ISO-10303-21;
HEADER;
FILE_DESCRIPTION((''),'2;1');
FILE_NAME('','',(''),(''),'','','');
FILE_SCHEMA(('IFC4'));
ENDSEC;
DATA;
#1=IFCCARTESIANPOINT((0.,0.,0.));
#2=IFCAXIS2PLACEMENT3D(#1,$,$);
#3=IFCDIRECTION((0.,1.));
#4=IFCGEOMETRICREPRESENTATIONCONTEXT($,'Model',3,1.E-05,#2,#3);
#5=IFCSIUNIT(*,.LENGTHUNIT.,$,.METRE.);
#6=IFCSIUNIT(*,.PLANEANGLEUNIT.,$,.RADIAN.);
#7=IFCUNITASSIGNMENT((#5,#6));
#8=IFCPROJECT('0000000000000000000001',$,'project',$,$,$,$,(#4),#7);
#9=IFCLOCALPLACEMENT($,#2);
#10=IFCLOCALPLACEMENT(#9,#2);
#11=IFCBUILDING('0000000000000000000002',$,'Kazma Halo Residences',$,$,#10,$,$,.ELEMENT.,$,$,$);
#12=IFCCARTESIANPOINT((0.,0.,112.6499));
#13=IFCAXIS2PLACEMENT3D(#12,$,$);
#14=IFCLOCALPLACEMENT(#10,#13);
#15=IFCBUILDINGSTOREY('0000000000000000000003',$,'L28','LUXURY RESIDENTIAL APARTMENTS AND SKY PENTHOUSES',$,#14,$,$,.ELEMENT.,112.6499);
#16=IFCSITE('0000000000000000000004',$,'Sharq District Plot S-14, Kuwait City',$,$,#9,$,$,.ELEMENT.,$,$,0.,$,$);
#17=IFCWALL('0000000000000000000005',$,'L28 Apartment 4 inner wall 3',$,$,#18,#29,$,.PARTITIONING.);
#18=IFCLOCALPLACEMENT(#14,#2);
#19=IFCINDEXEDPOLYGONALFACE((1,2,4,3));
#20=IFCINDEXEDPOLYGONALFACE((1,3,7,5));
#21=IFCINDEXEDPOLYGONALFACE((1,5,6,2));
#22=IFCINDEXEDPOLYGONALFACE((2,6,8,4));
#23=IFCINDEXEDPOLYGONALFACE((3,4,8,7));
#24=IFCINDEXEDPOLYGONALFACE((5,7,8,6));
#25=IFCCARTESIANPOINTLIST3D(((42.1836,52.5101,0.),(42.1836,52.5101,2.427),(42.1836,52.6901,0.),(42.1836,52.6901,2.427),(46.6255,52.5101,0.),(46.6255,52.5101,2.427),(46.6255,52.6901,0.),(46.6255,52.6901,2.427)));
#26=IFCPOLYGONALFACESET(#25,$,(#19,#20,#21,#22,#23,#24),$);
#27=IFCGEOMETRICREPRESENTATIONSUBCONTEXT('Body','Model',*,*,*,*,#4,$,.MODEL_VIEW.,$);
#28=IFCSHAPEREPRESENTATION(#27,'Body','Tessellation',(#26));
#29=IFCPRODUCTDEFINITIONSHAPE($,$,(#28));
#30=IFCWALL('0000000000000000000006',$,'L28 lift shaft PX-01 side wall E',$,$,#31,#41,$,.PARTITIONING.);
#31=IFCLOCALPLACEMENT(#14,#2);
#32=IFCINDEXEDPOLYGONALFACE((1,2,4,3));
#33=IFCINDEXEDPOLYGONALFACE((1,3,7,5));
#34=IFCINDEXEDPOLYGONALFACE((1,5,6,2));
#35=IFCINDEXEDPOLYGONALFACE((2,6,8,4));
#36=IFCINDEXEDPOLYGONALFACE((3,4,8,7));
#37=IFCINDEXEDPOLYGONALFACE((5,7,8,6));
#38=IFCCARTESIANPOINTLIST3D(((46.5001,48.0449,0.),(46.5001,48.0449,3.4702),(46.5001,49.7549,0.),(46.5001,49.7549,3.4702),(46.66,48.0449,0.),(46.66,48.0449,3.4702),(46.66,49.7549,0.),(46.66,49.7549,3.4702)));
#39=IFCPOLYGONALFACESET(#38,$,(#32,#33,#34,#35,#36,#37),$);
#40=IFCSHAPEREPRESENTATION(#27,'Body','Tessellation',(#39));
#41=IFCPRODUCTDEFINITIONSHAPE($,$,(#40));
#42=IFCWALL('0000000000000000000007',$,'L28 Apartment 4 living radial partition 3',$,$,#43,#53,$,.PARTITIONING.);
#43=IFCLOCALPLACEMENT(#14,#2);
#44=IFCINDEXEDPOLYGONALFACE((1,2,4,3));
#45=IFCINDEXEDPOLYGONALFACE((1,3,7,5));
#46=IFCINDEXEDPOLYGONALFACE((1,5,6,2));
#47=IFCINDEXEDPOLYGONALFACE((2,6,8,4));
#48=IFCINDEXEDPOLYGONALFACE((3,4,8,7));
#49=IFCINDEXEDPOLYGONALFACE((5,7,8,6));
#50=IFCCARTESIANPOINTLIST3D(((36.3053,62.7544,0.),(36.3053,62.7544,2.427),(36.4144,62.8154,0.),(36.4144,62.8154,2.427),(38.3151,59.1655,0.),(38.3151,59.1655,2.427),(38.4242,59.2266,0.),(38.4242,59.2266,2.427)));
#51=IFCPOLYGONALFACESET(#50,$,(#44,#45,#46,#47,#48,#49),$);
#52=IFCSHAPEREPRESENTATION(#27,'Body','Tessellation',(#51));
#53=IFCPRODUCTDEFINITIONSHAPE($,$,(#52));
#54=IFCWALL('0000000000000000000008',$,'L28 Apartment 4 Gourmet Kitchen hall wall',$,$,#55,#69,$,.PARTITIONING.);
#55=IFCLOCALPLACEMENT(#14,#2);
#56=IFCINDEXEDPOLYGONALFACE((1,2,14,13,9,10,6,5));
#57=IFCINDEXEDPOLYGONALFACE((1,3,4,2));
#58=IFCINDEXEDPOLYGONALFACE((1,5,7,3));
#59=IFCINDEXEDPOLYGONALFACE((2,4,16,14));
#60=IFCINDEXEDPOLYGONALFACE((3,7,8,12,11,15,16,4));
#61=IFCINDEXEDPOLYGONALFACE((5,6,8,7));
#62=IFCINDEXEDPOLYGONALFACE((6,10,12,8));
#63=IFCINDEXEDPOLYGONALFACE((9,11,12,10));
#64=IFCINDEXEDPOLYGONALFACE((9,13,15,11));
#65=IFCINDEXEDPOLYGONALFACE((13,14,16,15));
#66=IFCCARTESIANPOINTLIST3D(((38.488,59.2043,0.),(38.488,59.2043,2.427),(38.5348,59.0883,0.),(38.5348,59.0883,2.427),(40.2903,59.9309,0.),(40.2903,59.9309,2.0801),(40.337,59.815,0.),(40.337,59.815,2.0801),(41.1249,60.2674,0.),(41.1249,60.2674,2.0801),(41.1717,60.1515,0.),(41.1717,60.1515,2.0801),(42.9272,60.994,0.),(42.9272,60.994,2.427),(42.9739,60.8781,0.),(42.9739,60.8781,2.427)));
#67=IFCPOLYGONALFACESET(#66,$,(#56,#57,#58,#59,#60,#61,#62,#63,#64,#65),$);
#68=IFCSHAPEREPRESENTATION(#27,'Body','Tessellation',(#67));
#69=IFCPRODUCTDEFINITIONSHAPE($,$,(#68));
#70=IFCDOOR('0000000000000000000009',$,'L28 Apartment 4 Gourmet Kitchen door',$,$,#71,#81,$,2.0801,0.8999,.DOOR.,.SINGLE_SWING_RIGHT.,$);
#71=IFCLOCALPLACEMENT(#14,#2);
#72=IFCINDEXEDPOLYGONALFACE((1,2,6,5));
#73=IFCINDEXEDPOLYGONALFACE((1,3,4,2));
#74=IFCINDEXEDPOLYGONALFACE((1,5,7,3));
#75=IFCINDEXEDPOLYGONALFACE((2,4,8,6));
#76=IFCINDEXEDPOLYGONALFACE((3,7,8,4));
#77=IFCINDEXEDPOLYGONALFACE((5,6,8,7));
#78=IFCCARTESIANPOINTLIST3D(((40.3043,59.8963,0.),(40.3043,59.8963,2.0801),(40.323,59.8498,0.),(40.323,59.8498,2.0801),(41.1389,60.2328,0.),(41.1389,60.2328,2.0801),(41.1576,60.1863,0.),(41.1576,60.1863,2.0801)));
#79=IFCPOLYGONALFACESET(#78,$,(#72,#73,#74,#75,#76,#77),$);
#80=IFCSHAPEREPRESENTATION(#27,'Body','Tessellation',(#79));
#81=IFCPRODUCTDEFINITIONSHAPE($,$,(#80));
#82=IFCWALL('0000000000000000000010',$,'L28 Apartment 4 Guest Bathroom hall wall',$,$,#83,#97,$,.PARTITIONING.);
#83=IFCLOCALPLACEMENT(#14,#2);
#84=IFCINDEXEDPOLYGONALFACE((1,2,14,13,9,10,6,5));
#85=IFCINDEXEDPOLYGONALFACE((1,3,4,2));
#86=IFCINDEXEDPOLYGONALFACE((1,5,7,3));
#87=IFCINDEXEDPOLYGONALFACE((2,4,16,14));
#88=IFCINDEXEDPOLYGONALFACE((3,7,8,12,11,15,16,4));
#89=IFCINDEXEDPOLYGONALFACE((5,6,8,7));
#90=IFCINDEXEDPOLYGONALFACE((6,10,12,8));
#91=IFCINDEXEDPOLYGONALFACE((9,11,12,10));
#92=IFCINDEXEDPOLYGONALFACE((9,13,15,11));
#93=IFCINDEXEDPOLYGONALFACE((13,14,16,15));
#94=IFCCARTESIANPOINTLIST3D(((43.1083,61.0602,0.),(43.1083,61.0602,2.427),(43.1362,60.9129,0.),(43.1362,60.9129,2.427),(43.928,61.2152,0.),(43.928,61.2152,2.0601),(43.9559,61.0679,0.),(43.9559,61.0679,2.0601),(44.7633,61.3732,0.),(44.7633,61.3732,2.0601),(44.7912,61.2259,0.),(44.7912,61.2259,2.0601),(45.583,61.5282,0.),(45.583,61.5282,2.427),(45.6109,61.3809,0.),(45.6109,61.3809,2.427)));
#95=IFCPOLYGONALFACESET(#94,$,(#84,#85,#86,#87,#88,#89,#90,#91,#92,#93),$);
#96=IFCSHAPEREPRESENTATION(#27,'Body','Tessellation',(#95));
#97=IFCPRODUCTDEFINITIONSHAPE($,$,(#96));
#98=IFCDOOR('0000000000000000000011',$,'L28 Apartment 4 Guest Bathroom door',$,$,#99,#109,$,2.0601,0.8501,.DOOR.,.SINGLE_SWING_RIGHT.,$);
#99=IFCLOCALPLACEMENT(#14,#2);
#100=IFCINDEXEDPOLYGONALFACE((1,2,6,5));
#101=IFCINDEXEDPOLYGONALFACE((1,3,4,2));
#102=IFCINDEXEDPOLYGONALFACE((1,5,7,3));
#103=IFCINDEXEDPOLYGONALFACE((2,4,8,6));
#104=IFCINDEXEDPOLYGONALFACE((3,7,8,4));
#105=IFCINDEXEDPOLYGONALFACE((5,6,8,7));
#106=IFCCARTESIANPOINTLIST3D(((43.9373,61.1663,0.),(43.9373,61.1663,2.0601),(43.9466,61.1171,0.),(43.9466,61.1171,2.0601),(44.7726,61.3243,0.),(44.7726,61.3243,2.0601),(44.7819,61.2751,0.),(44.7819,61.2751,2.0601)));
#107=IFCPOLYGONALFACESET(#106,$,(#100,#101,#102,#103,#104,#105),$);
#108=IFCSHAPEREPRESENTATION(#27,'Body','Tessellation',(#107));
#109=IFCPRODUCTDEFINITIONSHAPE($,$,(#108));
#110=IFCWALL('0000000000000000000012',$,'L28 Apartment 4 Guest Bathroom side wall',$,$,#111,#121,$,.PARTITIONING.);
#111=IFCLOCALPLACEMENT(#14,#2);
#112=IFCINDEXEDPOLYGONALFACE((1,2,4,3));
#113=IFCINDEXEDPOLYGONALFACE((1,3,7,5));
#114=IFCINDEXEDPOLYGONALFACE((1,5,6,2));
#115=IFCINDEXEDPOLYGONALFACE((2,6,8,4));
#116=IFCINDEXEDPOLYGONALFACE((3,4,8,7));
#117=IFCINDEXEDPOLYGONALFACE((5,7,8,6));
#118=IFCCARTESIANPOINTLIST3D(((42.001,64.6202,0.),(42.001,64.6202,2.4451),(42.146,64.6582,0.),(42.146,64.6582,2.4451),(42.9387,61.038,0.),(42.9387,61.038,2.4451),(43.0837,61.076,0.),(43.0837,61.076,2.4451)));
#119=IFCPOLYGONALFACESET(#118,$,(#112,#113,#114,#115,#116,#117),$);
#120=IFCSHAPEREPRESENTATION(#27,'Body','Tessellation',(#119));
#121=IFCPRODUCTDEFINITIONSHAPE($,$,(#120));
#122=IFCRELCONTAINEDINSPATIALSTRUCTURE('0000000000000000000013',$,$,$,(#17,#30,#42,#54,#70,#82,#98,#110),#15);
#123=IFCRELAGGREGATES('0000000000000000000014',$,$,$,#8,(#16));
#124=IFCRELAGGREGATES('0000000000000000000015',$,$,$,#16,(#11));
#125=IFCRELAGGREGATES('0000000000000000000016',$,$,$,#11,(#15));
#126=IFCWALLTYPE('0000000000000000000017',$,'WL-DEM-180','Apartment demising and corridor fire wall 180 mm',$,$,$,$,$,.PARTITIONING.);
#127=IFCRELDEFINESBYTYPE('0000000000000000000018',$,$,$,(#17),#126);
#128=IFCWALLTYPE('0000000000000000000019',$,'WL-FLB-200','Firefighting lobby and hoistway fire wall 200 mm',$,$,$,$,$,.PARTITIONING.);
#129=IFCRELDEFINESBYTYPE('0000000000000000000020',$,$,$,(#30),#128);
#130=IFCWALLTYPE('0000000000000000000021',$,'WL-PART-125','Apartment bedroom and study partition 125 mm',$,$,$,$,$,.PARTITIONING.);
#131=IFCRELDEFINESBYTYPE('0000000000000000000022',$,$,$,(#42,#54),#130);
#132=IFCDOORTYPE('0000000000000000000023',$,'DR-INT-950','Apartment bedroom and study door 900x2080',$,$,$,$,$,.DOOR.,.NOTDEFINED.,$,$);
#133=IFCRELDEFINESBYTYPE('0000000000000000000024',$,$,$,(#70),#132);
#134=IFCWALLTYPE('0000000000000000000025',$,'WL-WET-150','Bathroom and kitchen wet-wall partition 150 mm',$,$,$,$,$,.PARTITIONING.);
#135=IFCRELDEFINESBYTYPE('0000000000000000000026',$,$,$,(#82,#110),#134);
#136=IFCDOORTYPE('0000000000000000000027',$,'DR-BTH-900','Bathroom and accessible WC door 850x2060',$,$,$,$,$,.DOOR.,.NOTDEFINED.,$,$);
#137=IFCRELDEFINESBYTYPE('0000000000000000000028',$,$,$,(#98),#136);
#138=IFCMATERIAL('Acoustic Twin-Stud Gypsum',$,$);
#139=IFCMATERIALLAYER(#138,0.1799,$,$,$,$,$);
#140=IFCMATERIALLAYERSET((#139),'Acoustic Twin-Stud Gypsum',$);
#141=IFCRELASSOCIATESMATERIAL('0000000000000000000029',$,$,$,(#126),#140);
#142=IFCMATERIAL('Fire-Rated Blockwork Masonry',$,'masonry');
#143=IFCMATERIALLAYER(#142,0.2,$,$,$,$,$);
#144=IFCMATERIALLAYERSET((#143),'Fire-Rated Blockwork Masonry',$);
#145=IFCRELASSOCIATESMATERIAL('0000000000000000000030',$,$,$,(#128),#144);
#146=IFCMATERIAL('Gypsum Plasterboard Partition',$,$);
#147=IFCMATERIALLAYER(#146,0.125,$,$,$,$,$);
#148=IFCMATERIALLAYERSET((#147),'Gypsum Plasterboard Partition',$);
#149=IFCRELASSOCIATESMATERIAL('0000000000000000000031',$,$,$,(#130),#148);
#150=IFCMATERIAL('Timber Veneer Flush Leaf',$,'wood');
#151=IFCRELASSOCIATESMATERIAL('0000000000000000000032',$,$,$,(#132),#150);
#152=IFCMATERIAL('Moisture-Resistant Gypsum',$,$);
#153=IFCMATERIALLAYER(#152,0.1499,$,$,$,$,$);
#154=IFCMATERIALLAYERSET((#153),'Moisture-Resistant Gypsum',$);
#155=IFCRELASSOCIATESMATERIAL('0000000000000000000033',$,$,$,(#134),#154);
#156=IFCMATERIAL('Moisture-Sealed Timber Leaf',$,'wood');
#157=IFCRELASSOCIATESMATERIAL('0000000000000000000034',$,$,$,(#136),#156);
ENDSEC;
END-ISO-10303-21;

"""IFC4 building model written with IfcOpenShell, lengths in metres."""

from ifc_helpers import new_model, si_unit, direction, frame, frame_2d, origin, place, context, subcontext, project, spatial, rectangle, extrude, material, layer, layer_set, type_object, element, fill, save


model = new_model("IFC4")

# Units and contexts
model_context = context("Model", 3, precision=1e-05, world=origin(), true_north=direction((0.0, 1.0)))
body_context = subcontext(model_context, "Body", "Model", "MODEL_VIEW")
ifc_project = project(units=[si_unit("LENGTHUNIT", "METRE"), si_unit("PLANEANGLEUNIT", "RADIAN")], contexts=[model_context])

# Site, building, storey
site_placement = place(None, origin())
site = spatial("IfcSite", under=ifc_project, at=site_placement, Name="Sharq District Plot S-14, Kuwait City", CompositionType="ELEMENT", RefElevation=0.0)
building_placement = place(site_placement, origin())
building = spatial("IfcBuilding", under=site, at=building_placement, Name="Kazma Halo Residences", CompositionType="ELEMENT")
storey_placement = place(building_placement, frame((0.0, 0.0, 112.6499)))
storey = spatial("IfcBuildingStorey", under=building, at=storey_placement, Name="L28", Description="LUXURY RESIDENTIAL APARTMENTS AND SKY PENTHOUSES", CompositionType="ELEMENT", Elevation=112.6499)

# Shared definitions
ifc_material_1 = material(Name="Acoustic Twin-Stud Gypsum")
ifc_layer_1 = layer(ifc_material_1, 0.1799)
ifc_layer_set_1 = layer_set([ifc_layer_1], Name="Acoustic Twin-Stud Gypsum")
wall_type_1 = type_object("IfcWallType", Name="WL-DEM-180", Description="Apartment demising and corridor fire wall 180 mm", PredefinedType="PARTITIONING", material=ifc_layer_set_1)

# Wall
wall_1_placement = place(storey_placement, frame((46.6255, 52.6001, 0.0), z_axis=(0.0, 0.0, 1.0), x_axis=(-1.0, 0.0, 0.0)))
element("IfcWall", 1, at=wall_1_placement, inside=storey, type_object=wall_type_1, Name="L28 Apartment 4 inner wall 3", PredefinedType="PARTITIONING", context=body_context, shape_type="SweptSolid", body=[
    extrude(rectangle(XDim=4.4419, YDim=0.1799, at=frame_2d((2.2209, 0.0))), origin(), (0.0, 0.0, 1.0), 2.427),
])

# Walls
ifc_material_2 = material(Name="Fire-Rated Blockwork Masonry", Category="masonry")
ifc_layer_2 = layer(ifc_material_2, 0.2)
ifc_layer_set_2 = layer_set([ifc_layer_2], Name="Fire-Rated Blockwork Masonry")
wall_type_2 = type_object("IfcWallType", Name="WL-FLB-200", Description="Firefighting lobby and hoistway fire wall 200 mm", PredefinedType="PARTITIONING", material=ifc_layer_set_2)
wall_2_placement = place(storey_placement, frame((46.5801, 48.0449, 0.0), z_axis=(0.0, 0.0, 1.0), x_axis=(0.0, 1.0, 0.0)))
element("IfcWall", 2, at=wall_2_placement, inside=storey, type_object=wall_type_2, Name="L28 lift shaft PX-01 side wall E", PredefinedType="PARTITIONING", context=body_context, shape_type="SweptSolid", body=[
    extrude(rectangle(XDim=1.71, YDim=0.1599, at=frame_2d((0.855, 0.0))), origin(), (0.0, 0.0, 1.0), 3.4702),
])
ifc_material_3 = material(Name="Gypsum Plasterboard Partition")
ifc_layer_3 = layer(ifc_material_3, 0.125)
ifc_layer_set_3 = layer_set([ifc_layer_3], Name="Gypsum Plasterboard Partition")
wall_type_3 = type_object("IfcWallType", Name="WL-PART-125", Description="Apartment bedroom and study partition 125 mm", PredefinedType="PARTITIONING", material=ifc_layer_set_3)
wall_3_placement = place(storey_placement, frame((38.3696, 59.196, 0.0), z_axis=(0.0, 0.0, 1.0), x_axis=(-0.488603, 0.872506, 0.0)))
element("IfcWall", 3, at=wall_3_placement, inside=storey, type_object=wall_type_3, Name="L28 Apartment 4 living radial partition 3", PredefinedType="PARTITIONING", context=body_context, shape_type="SweptSolid", body=[
    extrude(rectangle(XDim=4.1133, YDim=0.125, at=frame_2d((2.0566, 0.0))), origin(), (0.0, 0.0, 1.0), 2.427),
])

# Walls, openings, doors
wall_4_placement = place(storey_placement, frame((42.9504, 60.936, 0.0), z_axis=(0.0, 0.0, 1.0), x_axis=(-0.927457, -0.373931, 0.0)))
wall_4 = element("IfcWall", 4, at=wall_4_placement, inside=storey, type_object=wall_type_3, Name="L28 Apartment 4 Gourmet Kitchen hall wall", PredefinedType="PARTITIONING", context=body_context, shape_type="SweptSolid", body=[
    extrude(rectangle(XDim=4.7864, YDim=0.125, at=frame_2d((2.3931, 0.0))), origin(), (0.0, 0.0, 1.0), 2.427),
])
opening_1_placement = place(wall_4_placement, frame((1.9431, 0.0, 0.0)))
opening_1 = element("IfcOpeningElement", 5, at=opening_1_placement, cuts=wall_4, PredefinedType="OPENING", context=body_context, shape_type="SweptSolid", body=[
    extrude(rectangle(XDim=0.8999, YDim=2.0801, at=frame_2d((0.45, 1.04))), frame((0.0, 0.0725, 0.0), z_axis=(0.0, -1.0, 0.0), x_axis=(1.0, 0.0, 0.0)), (0.0, 0.0, 1.0), 0.145),
])
ifc_material_4 = material(Name="Timber Veneer Flush Leaf", Category="wood")
door_type_1 = type_object("IfcDoorType", Name="DR-INT-950", Description="Apartment bedroom and study door 900x2080", OperationType="NOTDEFINED", PredefinedType="DOOR", material=ifc_material_4)
door_1_placement = place(opening_1_placement, origin())
door_1 = element("IfcDoor", 6, at=door_1_placement, inside=storey, type_object=door_type_1, Name="L28 Apartment 4 Gourmet Kitchen door", OperationType="SINGLE_SWING_RIGHT", OverallHeight=2.0801, OverallWidth=0.8999, PredefinedType="DOOR", context=body_context, shape_type="SweptSolid", body=[
    extrude(rectangle(XDim=0.8999, YDim=2.0801, at=frame_2d((0.45, 1.04))), frame((0.0, 0.0249, 0.0), z_axis=(0.0, -1.0, 0.0), x_axis=(1.0, 0.0, 0.0)), (0.0, 0.0, 1.0), 0.05),
])
fill(opening_1, door_1)
ifc_material_5 = material(Name="Moisture-Resistant Gypsum")
ifc_layer_4 = layer(ifc_material_5, 0.1499)
ifc_layer_set_4 = layer_set([ifc_layer_4], Name="Moisture-Resistant Gypsum")
wall_type_4 = type_object("IfcWallType", Name="WL-WET-150", Description="Bathroom and kitchen wet-wall partition 150 mm", PredefinedType="PARTITIONING", material=ifc_layer_set_4)
wall_5_placement = place(storey_placement, frame((45.5969, 61.4546, 0.0), z_axis=(0.0, 0.0, 1.0), x_axis=(-0.982581, -0.185833, 0.0)))
wall_5 = element("IfcWall", 7, at=wall_5_placement, inside=storey, type_object=wall_type_4, Name="L28 Apartment 4 Guest Bathroom hall wall", PredefinedType="PARTITIONING", context=body_context, shape_type="SweptSolid", body=[
    extrude(rectangle(XDim=2.5186, YDim=0.1499, at=frame_2d((1.2593, 0.0))), origin(), (0.0, 0.0, 1.0), 2.427),
])
opening_2_placement = place(wall_5_placement, frame((0.8342, 0.0, 0.0)))
opening_2 = element("IfcOpeningElement", 8, at=opening_2_placement, cuts=wall_5, PredefinedType="OPENING", context=body_context, shape_type="SweptSolid", body=[
    extrude(rectangle(XDim=0.8501, YDim=2.0601, at=frame_2d((0.425, 1.03))), frame((0.0, 0.085, 0.0), z_axis=(0.0, -1.0, 0.0), x_axis=(1.0, 0.0, 0.0)), (0.0, 0.0, 1.0), 0.1699),
])
ifc_material_6 = material(Name="Moisture-Sealed Timber Leaf", Category="wood")
door_type_2 = type_object("IfcDoorType", Name="DR-BTH-900", Description="Bathroom and accessible WC door 850x2060", OperationType="NOTDEFINED", PredefinedType="DOOR", material=ifc_material_6)
door_2_placement = place(opening_2_placement, origin())
door_2 = element("IfcDoor", 9, at=door_2_placement, inside=storey, type_object=door_type_2, Name="L28 Apartment 4 Guest Bathroom door", OperationType="SINGLE_SWING_RIGHT", OverallHeight=2.0601, OverallWidth=0.8501, PredefinedType="DOOR", context=body_context, shape_type="SweptSolid", body=[
    extrude(rectangle(XDim=0.8501, YDim=2.0601, at=frame_2d((0.425, 1.03))), frame((0.0, 0.0249, 0.0), z_axis=(0.0, -1.0, 0.0), x_axis=(1.0, 0.0, 0.0)), (0.0, 0.0, 1.0), 0.05),
])
fill(opening_2, door_2)

# Wall
wall_6_placement = place(storey_placement, frame((43.0112, 61.0569, 0.0), z_axis=(0.0, 0.0, 1.0), x_axis=(-0.25324, 0.967403, 0.0)))
element("IfcWall", 10, at=wall_6_placement, inside=storey, type_object=wall_type_4, Name="L28 Apartment 4 Guest Bathroom side wall", PredefinedType="PARTITIONING", context=body_context, shape_type="SweptSolid", body=[
    extrude(rectangle(XDim=3.7029, YDim=0.1499, at=frame_2d((1.8516, 0.0))), origin(), (0.0, 0.0, 1.0), 2.4451),
])

save(model, "model.ifc")
